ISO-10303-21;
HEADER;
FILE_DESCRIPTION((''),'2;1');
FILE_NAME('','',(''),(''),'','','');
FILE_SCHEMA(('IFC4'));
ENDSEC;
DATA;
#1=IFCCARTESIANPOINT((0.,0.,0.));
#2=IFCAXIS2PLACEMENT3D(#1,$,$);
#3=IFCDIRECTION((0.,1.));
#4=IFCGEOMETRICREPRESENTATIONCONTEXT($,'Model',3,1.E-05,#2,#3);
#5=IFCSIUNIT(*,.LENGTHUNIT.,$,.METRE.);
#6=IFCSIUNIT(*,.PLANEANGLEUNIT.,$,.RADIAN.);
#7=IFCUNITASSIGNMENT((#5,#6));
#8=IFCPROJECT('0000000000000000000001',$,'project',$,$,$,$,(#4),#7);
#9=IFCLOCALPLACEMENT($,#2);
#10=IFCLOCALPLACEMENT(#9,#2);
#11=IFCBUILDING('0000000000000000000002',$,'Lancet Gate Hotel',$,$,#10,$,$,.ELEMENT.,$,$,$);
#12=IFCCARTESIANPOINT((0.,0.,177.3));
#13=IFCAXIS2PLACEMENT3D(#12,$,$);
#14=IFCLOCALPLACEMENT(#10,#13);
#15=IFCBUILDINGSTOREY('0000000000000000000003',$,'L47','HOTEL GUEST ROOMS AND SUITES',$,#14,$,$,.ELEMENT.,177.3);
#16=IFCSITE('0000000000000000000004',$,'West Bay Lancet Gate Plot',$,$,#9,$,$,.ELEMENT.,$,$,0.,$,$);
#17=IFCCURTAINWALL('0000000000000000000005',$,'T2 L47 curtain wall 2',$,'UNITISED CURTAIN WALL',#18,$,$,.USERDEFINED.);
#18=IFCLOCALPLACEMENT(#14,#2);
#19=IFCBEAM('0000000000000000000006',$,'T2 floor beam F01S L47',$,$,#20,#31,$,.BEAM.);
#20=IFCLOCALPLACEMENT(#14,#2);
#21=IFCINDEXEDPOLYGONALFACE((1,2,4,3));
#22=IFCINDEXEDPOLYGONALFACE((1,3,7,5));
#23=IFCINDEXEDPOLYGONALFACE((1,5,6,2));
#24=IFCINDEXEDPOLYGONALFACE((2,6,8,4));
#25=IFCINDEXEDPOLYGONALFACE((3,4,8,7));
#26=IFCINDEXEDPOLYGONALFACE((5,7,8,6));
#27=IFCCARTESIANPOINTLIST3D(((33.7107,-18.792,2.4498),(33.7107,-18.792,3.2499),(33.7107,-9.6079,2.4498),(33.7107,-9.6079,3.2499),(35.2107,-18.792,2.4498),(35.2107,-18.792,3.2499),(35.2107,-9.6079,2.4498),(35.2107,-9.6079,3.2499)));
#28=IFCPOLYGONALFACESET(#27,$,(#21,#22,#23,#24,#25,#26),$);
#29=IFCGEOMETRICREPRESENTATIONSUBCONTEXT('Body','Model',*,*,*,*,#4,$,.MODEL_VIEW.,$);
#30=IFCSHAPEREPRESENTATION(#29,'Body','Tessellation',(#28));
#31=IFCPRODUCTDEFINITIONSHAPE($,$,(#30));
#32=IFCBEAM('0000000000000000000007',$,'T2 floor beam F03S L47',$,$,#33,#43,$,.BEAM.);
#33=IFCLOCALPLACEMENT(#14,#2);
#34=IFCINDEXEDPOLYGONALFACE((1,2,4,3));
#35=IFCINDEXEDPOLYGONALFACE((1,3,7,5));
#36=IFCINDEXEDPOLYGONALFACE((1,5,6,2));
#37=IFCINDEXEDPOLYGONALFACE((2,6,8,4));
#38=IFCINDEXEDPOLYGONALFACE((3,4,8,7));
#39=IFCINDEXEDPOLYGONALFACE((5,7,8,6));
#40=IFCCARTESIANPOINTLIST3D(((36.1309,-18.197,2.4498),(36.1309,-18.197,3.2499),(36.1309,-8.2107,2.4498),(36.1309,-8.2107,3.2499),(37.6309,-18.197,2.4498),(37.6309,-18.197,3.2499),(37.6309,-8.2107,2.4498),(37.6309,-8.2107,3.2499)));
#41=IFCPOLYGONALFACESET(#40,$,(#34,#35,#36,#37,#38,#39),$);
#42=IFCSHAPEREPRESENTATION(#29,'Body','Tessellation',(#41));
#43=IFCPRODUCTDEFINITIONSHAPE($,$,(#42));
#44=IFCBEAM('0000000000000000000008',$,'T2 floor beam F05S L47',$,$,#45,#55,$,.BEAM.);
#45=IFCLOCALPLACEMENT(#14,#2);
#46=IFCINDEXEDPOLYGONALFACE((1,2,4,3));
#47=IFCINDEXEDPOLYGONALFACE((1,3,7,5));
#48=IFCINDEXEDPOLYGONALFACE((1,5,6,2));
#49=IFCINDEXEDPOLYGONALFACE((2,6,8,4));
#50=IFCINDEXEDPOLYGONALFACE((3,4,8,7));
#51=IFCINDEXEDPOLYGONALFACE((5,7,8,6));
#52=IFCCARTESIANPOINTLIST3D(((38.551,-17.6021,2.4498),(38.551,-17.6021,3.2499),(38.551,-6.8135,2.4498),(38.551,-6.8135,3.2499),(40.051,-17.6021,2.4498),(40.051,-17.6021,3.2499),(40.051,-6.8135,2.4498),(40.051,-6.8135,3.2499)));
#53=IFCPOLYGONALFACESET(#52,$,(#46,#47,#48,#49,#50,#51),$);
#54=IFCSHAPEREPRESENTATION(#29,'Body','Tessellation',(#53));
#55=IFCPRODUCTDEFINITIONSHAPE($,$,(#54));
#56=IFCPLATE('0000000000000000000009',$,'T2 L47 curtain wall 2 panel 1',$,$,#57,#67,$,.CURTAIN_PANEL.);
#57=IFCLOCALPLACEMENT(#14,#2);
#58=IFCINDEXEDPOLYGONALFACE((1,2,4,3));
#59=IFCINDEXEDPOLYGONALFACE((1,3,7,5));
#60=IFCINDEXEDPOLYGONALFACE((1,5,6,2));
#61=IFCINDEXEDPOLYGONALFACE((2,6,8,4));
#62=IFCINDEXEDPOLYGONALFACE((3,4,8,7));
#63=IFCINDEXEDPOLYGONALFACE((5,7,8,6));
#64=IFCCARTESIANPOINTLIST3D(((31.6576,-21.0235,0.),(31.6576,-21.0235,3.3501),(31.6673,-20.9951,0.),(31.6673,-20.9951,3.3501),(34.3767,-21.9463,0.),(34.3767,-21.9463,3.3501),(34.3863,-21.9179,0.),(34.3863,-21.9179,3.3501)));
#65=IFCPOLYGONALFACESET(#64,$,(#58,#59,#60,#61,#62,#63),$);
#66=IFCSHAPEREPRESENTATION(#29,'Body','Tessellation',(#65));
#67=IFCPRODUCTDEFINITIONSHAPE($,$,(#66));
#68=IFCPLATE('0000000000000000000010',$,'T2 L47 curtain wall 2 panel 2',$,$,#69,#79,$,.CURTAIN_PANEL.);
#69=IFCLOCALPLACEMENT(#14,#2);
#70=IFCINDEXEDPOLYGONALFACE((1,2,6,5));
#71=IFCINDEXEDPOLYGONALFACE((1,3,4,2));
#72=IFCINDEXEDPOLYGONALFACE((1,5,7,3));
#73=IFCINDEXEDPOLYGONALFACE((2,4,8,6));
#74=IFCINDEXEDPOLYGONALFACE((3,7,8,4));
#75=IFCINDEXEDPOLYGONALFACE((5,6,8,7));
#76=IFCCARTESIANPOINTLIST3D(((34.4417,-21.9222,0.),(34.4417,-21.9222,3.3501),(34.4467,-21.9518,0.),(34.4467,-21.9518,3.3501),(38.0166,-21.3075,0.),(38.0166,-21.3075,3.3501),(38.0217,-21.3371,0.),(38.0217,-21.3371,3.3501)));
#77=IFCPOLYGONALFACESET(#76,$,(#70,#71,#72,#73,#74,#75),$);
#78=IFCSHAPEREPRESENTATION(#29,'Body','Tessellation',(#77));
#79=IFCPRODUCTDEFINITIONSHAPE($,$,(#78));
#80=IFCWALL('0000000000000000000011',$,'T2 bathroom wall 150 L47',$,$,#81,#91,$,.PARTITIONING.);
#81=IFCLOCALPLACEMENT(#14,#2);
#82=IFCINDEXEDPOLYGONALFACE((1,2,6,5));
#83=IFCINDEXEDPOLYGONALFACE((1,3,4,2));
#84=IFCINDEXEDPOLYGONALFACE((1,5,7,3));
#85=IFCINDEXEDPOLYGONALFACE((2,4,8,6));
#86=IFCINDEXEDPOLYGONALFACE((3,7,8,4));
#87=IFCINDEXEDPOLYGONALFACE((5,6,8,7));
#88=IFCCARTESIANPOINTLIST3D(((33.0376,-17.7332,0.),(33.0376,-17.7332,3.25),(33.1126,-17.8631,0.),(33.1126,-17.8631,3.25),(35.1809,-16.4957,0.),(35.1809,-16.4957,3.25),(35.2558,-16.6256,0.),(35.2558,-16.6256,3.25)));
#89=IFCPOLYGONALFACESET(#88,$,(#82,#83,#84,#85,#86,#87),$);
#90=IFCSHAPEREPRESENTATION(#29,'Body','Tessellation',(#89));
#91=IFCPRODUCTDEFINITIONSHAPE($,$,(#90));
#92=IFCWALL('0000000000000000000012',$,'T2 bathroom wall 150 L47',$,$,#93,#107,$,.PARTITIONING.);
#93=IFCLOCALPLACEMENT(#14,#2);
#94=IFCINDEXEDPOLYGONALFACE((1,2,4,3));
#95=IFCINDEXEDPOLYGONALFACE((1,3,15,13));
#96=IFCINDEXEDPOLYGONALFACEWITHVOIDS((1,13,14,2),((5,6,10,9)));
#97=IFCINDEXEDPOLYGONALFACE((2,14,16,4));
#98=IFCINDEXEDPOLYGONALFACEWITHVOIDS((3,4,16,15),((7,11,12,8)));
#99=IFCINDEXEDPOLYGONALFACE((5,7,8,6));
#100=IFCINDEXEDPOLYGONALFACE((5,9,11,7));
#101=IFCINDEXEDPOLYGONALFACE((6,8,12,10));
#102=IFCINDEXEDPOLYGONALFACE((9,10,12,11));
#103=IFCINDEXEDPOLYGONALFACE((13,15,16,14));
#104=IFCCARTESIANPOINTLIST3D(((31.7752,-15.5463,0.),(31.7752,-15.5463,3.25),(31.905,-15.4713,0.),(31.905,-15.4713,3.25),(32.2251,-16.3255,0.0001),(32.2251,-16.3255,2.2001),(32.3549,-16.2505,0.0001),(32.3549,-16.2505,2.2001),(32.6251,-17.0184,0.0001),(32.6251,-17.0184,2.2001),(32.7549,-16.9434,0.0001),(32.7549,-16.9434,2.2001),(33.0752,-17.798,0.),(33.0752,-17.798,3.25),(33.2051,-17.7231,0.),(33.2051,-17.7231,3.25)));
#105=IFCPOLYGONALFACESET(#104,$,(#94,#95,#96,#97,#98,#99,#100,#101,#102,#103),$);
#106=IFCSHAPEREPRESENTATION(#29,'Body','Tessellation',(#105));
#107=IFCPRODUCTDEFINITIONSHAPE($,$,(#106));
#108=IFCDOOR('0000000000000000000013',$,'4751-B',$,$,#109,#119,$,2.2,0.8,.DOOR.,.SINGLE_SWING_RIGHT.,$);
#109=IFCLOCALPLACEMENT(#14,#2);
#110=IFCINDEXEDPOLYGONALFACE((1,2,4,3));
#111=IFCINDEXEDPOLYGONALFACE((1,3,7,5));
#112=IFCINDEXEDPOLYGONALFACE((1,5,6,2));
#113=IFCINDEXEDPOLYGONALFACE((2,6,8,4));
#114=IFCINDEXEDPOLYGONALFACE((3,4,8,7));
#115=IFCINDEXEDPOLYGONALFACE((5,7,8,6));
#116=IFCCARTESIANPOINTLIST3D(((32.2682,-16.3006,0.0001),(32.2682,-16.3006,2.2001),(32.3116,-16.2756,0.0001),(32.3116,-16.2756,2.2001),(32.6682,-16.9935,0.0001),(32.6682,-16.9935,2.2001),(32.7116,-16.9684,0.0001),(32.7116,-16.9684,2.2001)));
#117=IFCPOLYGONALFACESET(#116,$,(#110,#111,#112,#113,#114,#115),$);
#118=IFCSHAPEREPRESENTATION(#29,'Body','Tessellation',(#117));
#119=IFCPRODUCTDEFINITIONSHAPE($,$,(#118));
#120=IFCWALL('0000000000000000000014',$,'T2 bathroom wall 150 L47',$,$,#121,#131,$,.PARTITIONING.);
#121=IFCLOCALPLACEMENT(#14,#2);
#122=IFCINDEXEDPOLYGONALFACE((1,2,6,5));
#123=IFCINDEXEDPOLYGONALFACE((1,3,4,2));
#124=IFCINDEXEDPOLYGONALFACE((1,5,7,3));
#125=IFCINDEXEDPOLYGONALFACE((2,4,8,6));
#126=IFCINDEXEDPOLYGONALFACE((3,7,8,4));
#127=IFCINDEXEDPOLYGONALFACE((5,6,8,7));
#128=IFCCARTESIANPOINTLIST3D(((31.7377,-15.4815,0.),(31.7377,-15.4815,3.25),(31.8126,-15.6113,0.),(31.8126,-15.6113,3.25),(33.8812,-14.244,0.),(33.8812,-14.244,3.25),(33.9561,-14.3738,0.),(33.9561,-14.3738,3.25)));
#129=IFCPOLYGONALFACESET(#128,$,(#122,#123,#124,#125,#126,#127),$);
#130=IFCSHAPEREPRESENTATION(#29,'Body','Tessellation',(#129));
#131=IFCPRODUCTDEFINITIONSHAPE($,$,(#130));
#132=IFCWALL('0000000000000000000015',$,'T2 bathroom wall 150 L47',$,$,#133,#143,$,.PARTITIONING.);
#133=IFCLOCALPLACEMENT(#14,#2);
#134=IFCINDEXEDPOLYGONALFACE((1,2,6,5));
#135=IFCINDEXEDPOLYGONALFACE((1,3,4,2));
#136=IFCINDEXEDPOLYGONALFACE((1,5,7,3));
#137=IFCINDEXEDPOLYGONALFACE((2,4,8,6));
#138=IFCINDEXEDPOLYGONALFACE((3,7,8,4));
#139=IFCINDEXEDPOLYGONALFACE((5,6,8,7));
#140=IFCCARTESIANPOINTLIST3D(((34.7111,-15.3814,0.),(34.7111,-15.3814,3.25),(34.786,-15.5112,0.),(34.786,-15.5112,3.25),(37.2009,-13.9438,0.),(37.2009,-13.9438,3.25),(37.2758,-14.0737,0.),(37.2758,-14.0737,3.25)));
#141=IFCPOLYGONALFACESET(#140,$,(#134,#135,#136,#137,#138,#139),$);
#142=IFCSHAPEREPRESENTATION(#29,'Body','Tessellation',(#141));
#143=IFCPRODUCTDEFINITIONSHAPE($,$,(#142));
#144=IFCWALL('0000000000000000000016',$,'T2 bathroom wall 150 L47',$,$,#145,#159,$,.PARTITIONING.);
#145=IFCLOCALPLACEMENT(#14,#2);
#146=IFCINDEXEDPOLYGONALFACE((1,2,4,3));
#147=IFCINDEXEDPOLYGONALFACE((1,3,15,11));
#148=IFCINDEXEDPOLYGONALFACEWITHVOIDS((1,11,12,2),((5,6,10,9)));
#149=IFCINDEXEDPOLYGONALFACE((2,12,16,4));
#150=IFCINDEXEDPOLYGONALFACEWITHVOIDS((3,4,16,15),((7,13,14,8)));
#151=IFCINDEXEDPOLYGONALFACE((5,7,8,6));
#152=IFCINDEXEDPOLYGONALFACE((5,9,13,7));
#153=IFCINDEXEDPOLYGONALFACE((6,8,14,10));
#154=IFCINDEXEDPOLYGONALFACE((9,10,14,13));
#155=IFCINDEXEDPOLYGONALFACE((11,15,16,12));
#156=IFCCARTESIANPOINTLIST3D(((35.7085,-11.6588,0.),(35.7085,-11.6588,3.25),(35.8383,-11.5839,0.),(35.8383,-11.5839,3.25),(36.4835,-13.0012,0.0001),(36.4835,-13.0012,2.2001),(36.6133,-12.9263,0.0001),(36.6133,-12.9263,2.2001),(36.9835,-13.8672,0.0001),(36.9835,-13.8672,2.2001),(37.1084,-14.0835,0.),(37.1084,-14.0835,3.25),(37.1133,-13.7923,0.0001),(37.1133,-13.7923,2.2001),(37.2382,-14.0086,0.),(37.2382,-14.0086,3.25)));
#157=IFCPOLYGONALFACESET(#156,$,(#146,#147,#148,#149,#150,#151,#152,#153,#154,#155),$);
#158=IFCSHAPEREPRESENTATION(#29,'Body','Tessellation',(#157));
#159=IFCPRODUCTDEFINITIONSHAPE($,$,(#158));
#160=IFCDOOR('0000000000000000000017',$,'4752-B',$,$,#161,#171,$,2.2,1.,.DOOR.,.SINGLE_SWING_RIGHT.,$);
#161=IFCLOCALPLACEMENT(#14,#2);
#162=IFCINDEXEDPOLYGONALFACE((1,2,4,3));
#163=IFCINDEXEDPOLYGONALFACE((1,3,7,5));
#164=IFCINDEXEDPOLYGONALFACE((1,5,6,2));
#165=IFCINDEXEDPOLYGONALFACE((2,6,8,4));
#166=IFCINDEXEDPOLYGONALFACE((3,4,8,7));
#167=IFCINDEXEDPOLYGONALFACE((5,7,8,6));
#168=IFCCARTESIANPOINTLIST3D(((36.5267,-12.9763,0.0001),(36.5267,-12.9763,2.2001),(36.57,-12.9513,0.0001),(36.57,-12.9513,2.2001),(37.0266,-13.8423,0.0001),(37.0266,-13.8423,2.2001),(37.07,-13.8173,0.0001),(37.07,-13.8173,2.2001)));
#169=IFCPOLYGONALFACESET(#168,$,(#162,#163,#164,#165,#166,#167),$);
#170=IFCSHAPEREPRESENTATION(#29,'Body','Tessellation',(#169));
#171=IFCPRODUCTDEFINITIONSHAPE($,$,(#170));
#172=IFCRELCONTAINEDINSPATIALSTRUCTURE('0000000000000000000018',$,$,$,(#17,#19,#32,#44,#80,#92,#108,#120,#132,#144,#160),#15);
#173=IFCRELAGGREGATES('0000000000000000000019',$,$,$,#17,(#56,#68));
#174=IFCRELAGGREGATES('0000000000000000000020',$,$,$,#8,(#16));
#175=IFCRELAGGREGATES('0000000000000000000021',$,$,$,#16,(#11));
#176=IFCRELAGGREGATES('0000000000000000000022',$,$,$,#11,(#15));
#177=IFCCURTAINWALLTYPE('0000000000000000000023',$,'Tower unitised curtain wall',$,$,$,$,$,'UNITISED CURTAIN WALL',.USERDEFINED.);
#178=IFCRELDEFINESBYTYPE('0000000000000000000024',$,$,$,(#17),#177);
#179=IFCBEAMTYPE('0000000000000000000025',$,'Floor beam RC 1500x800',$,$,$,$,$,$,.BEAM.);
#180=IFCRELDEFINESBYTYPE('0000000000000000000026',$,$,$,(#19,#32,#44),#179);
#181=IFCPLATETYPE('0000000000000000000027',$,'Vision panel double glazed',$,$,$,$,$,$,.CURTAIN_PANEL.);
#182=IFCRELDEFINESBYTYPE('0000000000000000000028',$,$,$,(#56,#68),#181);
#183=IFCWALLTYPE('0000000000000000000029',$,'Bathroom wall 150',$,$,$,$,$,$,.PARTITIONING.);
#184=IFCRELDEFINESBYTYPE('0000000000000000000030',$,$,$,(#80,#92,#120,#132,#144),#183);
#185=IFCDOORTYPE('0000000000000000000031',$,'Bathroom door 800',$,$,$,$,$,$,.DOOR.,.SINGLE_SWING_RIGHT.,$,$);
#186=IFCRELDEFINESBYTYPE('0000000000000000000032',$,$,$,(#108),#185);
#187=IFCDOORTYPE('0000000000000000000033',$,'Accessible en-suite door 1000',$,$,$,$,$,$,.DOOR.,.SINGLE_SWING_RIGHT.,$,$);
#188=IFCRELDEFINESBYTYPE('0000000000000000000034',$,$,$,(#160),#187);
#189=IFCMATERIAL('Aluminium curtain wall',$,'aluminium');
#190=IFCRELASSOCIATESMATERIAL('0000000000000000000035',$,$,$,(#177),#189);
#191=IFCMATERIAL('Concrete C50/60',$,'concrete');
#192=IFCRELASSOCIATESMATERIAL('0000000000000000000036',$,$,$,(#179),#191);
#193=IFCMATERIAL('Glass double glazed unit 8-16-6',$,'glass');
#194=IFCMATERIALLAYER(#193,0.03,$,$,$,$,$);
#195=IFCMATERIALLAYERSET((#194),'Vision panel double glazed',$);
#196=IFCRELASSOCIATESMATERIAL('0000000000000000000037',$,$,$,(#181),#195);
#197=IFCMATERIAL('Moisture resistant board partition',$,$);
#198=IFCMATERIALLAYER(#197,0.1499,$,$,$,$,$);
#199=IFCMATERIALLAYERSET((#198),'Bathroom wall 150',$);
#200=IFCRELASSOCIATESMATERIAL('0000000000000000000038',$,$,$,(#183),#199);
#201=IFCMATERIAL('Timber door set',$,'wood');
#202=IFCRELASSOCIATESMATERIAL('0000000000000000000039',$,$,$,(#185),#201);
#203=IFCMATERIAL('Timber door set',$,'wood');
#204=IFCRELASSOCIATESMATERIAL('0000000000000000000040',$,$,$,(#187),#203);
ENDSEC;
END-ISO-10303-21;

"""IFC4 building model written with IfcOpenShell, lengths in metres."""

from ifc_helpers import new_model, si_unit, direction, frame, frame_2d, origin, origin_2d, place, context, subcontext, project, spatial, rectangle, extrude, material, layer, layer_set, material_profile, profile_set, type_object, element, fill, aggregate, save


model = new_model("IFC4")

# Units and contexts
model_context = context("Model", 3, precision=1e-05, world=origin(), true_north=direction((0.0, 1.0)))
body_context = subcontext(model_context, "Body", "Model", "MODEL_VIEW")
ifc_project = project(units=[si_unit("LENGTHUNIT", "METRE"), si_unit("PLANEANGLEUNIT", "RADIAN")], contexts=[model_context])

# Site, building, storey
site_placement = place(None, origin())
site = spatial("IfcSite", under=ifc_project, at=site_placement, Name="West Bay Lancet Gate Plot", CompositionType="ELEMENT", RefElevation=0.0)
building_placement = place(site_placement, origin())
building = spatial("IfcBuilding", under=site, at=building_placement, Name="Lancet Gate Hotel", CompositionType="ELEMENT")
storey_placement = place(building_placement, frame((0.0, 0.0, 177.3)))
storey = spatial("IfcBuildingStorey", under=building, at=storey_placement, Name="L47", Description="HOTEL GUEST ROOMS AND SUITES", CompositionType="ELEMENT", Elevation=177.3)

# Curtain wall
ifc_material_1 = material(Name="Aluminium curtain wall", Category="aluminium")
curtain_wall_type = type_object("IfcCurtainWallType", Name="Tower unitised curtain wall", ElementType="UNITISED CURTAIN WALL", PredefinedType="USERDEFINED", material=ifc_material_1)
curtain_wall_placement = place(storey_placement, origin())
curtain_wall = element("IfcCurtainWall", 1, at=curtain_wall_placement, inside=storey, type_object=curtain_wall_type, Name="T2 L47 curtain wall 2", ObjectType="UNITISED CURTAIN WALL", PredefinedType="USERDEFINED")

# Beams
ifc_material_2 = material(Name="Concrete C50/60", Category="concrete")
ifc_material_profile_1 = material_profile(ifc_material_2, rectangle(XDim=1.5, YDim=0.8, at=origin_2d()), Name="RC 1500x800")
ifc_profile_set_1 = profile_set([ifc_material_profile_1], Name="Concrete C50/60")
beam_type_1 = type_object("IfcBeamType", Name="Floor beam RC 1500x800", PredefinedType="BEAM", material=ifc_profile_set_1)
beam_1_placement = place(storey_placement, frame((34.4607, -18.792, 2.8499), z_axis=(0.0, 1.0, 0.0), x_axis=(-1.0, 0.0, 0.0)))
element("IfcBeam", 2, at=beam_1_placement, inside=storey, type_object=beam_type_1, Name="T2 floor beam F01S L47", PredefinedType="BEAM", context=body_context, shape_type="SweptSolid", body=[
    extrude(rectangle(XDim=1.5, YDim=0.8, at=origin_2d()), origin(), (0.0, 0.0, 1.0), 9.1841),
])
beam_2_placement = place(storey_placement, frame((36.8809, -18.197, 2.8499), z_axis=(0.0, 1.0, 0.0), x_axis=(-1.0, 0.0, 0.0)))
element("IfcBeam", 3, at=beam_2_placement, inside=storey, type_object=beam_type_1, Name="T2 floor beam F03S L47", PredefinedType="BEAM", context=body_context, shape_type="SweptSolid", body=[
    extrude(rectangle(XDim=1.5, YDim=0.8, at=origin_2d()), origin(), (0.0, 0.0, 1.0), 9.9863),
])
beam_3_placement = place(storey_placement, frame((39.301, -17.6021, 2.8499), z_axis=(0.0, 1.0, 0.0), x_axis=(-1.0, 0.0, 0.0)))
element("IfcBeam", 4, at=beam_3_placement, inside=storey, type_object=beam_type_1, Name="T2 floor beam F05S L47", PredefinedType="BEAM", context=body_context, shape_type="SweptSolid", body=[
    extrude(rectangle(XDim=1.5, YDim=0.8, at=origin_2d()), origin(), (0.0, 0.0, 1.0), 10.7886),
])

# Plates
ifc_material_3 = material(Name="Glass double glazed unit 8-16-6", Category="glass")
ifc_layer_1 = layer(ifc_material_3, 0.03)
ifc_layer_set_1 = layer_set([ifc_layer_1], Name="Vision panel double glazed")
plate_type = type_object("IfcPlateType", Name="Vision panel double glazed", PredefinedType="CURTAIN_PANEL", material=ifc_layer_set_1)
plate_1_placement = place(storey_placement, frame((33.022, -21.4707, 0.0), z_axis=(0.0, 0.0, 1.0), x_axis=(0.946952, -0.321374, 0.0)))
plate_1 = element("IfcPlate", 5, at=plate_1_placement, type_object=plate_type, Name="T2 L47 curtain wall 2 panel 1", PredefinedType="CURTAIN_PANEL", context=body_context, shape_type="SweptSolid", body=[
    extrude(rectangle(XDim=2.8713, YDim=0.03, at=origin_2d()), origin(), (0.0, 0.0, 1.0), 3.3501),
])
plate_2_placement = place(storey_placement, frame((36.2317, -21.6296, 0.0), z_axis=(0.0, 0.0, 1.0), x_axis=(0.98554, 0.169445, 0.0)))
plate_2 = element("IfcPlate", 6, at=plate_2_placement, type_object=plate_type, Name="T2 L47 curtain wall 2 panel 2", PredefinedType="CURTAIN_PANEL", context=body_context, shape_type="SweptSolid", body=[
    extrude(rectangle(XDim=3.6274, YDim=0.03, at=origin_2d()), origin(), (0.0, 0.0, 1.0), 3.3501),
])
aggregate(curtain_wall, [plate_1, plate_2])

# Wall
ifc_material_4 = material(Name="Moisture resistant board partition")
ifc_layer_2 = layer(ifc_material_4, 0.1499)
ifc_layer_set_2 = layer_set([ifc_layer_2], Name="Bathroom wall 150")
wall_type_1 = type_object("IfcWallType", Name="Bathroom wall 150", PredefinedType="PARTITIONING", material=ifc_layer_set_2)
wall_1_placement = place(storey_placement, frame((33.0752, -17.7981, 0.0), z_axis=(0.0, 0.0, 1.0), x_axis=(0.866007, 0.500033, 0.0)))
element("IfcWall", 7, at=wall_1_placement, inside=storey, type_object=wall_type_1, Name="T2 bathroom wall 150 L47", PredefinedType="PARTITIONING", context=body_context, shape_type="SweptSolid", body=[
    extrude(rectangle(XDim=2.4749, YDim=0.1499, at=frame_2d((1.2373, 0.0))), origin(), (0.0, 0.0, 1.0), 3.25),
])

# Wall, opening, door
wall_2_placement = place(storey_placement, frame((31.8401, -15.5088, 0.0), z_axis=(0.0, 0.0, 1.0), x_axis=(0.500007, -0.866021, 0.0)))
wall_2 = element("IfcWall", 8, at=wall_2_placement, inside=storey, type_object=wall_type_1, Name="T2 bathroom wall 150 L47", PredefinedType="PARTITIONING", context=body_context, shape_type="SweptSolid", body=[
    extrude(rectangle(XDim=2.6001, YDim=0.1499, at=frame_2d((1.3, 0.0))), origin(), (0.0, 0.0, 1.0), 3.25),
])
opening_1_placement = place(wall_2_placement, frame((0.8999, 0.0, 0.0)))
opening_1 = element("IfcOpeningElement", 9, at=opening_1_placement, cuts=wall_2, PredefinedType="OPENING", context=body_context, shape_type="SweptSolid", body=[
    extrude(rectangle(XDim=0.8, YDim=2.2, at=frame_2d((0.3999, 1.1001))), frame((0.0, 0.085, 0.0), z_axis=(0.0, -1.0, 0.0), x_axis=(1.0, 0.0, 0.0)), (0.0, 0.0, 1.0), 0.1699),
])
ifc_material_5 = material(Name="Timber door set", Category="wood")
door_type_1 = type_object("IfcDoorType", Name="Bathroom door 800", OperationType="SINGLE_SWING_RIGHT", PredefinedType="DOOR", material=ifc_material_5)
door_1_placement = place(opening_1_placement, origin())
door_1 = element("IfcDoor", 10, at=door_1_placement, inside=storey, type_object=door_type_1, Name="4751-B", OperationType="SINGLE_SWING_RIGHT", OverallHeight=2.2, OverallWidth=0.8, PredefinedType="DOOR", context=body_context, shape_type="SweptSolid", body=[
    extrude(rectangle(XDim=0.8, YDim=2.2, at=frame_2d((0.3999, 1.1001))), frame((0.0, 0.0249, 0.0), z_axis=(0.0, -1.0, 0.0), x_axis=(1.0, 0.0, 0.0)), (0.0, 0.0, 1.0), 0.05),
])
fill(opening_1, door_1)

# Walls
wall_3_placement = place(storey_placement, frame((31.7751, -15.5464, 0.0), z_axis=(0.0, 0.0, 1.0), x_axis=(0.866031, 0.49999, 0.0)))
element("IfcWall", 11, at=wall_3_placement, inside=storey, type_object=wall_type_1, Name="T2 bathroom wall 150 L47", PredefinedType="PARTITIONING", context=body_context, shape_type="SweptSolid", body=[
    extrude(rectangle(XDim=2.4751, YDim=0.1499, at=frame_2d((1.2375, 0.0))), origin(), (0.0, 0.0, 1.0), 3.25),
])
wall_4_placement = place(storey_placement, frame((34.7485, -15.4463, 0.0), z_axis=(0.0, 0.0, 1.0), x_axis=(0.866019, 0.500012, 0.0)))
element("IfcWall", 12, at=wall_4_placement, inside=storey, type_object=wall_type_1, Name="T2 bathroom wall 150 L47", PredefinedType="PARTITIONING", context=body_context, shape_type="SweptSolid", body=[
    extrude(rectangle(XDim=2.875, YDim=0.1499, at=frame_2d((1.4375, 0.0))), origin(), (0.0, 0.0, 1.0), 3.25),
])

# Wall, opening, door
wall_5_placement = place(storey_placement, frame((35.7734, -11.6213, 0.0), z_axis=(0.0, 0.0, 1.0), x_axis=(0.499984, -0.866035, 0.0)))
wall_5 = element("IfcWall", 13, at=wall_5_placement, inside=storey, type_object=wall_type_1, Name="T2 bathroom wall 150 L47", PredefinedType="PARTITIONING", context=body_context, shape_type="SweptSolid", body=[
    extrude(rectangle(XDim=2.7998, YDim=0.1499, at=frame_2d((1.3999, 0.0))), origin(), (0.0, 0.0, 1.0), 3.25),
])
opening_2_placement = place(wall_5_placement, frame((1.55, 0.0, 0.0)))
opening_2 = element("IfcOpeningElement", 14, at=opening_2_placement, cuts=wall_5, PredefinedType="OPENING", context=body_context, shape_type="SweptSolid", body=[
    extrude(rectangle(XDim=1.0, YDim=2.2, at=frame_2d((0.5, 1.1001))), frame((0.0, 0.085, 0.0), z_axis=(0.0, -1.0, 0.0), x_axis=(1.0, 0.0, 0.0)), (0.0, 0.0, 1.0), 0.1699),
])
ifc_material_6 = material(Name="Timber door set", Category="wood")
door_type_2 = type_object("IfcDoorType", Name="Accessible en-suite door 1000", OperationType="SINGLE_SWING_RIGHT", PredefinedType="DOOR", material=ifc_material_6)
door_2_placement = place(opening_2_placement, origin())
door_2 = element("IfcDoor", 15, at=door_2_placement, inside=storey, type_object=door_type_2, Name="4752-B", OperationType="SINGLE_SWING_RIGHT", OverallHeight=2.2, OverallWidth=1.0, PredefinedType="DOOR", context=body_context, shape_type="SweptSolid", body=[
    extrude(rectangle(XDim=1.0, YDim=2.2, at=frame_2d((0.5, 1.1001))), frame((0.0, 0.0249, 0.0), z_axis=(0.0, -1.0, 0.0), x_axis=(1.0, 0.0, 0.0)), (0.0, 0.0, 1.0), 0.05),
])
fill(opening_2, door_2)

save(model, "model.ifc")
